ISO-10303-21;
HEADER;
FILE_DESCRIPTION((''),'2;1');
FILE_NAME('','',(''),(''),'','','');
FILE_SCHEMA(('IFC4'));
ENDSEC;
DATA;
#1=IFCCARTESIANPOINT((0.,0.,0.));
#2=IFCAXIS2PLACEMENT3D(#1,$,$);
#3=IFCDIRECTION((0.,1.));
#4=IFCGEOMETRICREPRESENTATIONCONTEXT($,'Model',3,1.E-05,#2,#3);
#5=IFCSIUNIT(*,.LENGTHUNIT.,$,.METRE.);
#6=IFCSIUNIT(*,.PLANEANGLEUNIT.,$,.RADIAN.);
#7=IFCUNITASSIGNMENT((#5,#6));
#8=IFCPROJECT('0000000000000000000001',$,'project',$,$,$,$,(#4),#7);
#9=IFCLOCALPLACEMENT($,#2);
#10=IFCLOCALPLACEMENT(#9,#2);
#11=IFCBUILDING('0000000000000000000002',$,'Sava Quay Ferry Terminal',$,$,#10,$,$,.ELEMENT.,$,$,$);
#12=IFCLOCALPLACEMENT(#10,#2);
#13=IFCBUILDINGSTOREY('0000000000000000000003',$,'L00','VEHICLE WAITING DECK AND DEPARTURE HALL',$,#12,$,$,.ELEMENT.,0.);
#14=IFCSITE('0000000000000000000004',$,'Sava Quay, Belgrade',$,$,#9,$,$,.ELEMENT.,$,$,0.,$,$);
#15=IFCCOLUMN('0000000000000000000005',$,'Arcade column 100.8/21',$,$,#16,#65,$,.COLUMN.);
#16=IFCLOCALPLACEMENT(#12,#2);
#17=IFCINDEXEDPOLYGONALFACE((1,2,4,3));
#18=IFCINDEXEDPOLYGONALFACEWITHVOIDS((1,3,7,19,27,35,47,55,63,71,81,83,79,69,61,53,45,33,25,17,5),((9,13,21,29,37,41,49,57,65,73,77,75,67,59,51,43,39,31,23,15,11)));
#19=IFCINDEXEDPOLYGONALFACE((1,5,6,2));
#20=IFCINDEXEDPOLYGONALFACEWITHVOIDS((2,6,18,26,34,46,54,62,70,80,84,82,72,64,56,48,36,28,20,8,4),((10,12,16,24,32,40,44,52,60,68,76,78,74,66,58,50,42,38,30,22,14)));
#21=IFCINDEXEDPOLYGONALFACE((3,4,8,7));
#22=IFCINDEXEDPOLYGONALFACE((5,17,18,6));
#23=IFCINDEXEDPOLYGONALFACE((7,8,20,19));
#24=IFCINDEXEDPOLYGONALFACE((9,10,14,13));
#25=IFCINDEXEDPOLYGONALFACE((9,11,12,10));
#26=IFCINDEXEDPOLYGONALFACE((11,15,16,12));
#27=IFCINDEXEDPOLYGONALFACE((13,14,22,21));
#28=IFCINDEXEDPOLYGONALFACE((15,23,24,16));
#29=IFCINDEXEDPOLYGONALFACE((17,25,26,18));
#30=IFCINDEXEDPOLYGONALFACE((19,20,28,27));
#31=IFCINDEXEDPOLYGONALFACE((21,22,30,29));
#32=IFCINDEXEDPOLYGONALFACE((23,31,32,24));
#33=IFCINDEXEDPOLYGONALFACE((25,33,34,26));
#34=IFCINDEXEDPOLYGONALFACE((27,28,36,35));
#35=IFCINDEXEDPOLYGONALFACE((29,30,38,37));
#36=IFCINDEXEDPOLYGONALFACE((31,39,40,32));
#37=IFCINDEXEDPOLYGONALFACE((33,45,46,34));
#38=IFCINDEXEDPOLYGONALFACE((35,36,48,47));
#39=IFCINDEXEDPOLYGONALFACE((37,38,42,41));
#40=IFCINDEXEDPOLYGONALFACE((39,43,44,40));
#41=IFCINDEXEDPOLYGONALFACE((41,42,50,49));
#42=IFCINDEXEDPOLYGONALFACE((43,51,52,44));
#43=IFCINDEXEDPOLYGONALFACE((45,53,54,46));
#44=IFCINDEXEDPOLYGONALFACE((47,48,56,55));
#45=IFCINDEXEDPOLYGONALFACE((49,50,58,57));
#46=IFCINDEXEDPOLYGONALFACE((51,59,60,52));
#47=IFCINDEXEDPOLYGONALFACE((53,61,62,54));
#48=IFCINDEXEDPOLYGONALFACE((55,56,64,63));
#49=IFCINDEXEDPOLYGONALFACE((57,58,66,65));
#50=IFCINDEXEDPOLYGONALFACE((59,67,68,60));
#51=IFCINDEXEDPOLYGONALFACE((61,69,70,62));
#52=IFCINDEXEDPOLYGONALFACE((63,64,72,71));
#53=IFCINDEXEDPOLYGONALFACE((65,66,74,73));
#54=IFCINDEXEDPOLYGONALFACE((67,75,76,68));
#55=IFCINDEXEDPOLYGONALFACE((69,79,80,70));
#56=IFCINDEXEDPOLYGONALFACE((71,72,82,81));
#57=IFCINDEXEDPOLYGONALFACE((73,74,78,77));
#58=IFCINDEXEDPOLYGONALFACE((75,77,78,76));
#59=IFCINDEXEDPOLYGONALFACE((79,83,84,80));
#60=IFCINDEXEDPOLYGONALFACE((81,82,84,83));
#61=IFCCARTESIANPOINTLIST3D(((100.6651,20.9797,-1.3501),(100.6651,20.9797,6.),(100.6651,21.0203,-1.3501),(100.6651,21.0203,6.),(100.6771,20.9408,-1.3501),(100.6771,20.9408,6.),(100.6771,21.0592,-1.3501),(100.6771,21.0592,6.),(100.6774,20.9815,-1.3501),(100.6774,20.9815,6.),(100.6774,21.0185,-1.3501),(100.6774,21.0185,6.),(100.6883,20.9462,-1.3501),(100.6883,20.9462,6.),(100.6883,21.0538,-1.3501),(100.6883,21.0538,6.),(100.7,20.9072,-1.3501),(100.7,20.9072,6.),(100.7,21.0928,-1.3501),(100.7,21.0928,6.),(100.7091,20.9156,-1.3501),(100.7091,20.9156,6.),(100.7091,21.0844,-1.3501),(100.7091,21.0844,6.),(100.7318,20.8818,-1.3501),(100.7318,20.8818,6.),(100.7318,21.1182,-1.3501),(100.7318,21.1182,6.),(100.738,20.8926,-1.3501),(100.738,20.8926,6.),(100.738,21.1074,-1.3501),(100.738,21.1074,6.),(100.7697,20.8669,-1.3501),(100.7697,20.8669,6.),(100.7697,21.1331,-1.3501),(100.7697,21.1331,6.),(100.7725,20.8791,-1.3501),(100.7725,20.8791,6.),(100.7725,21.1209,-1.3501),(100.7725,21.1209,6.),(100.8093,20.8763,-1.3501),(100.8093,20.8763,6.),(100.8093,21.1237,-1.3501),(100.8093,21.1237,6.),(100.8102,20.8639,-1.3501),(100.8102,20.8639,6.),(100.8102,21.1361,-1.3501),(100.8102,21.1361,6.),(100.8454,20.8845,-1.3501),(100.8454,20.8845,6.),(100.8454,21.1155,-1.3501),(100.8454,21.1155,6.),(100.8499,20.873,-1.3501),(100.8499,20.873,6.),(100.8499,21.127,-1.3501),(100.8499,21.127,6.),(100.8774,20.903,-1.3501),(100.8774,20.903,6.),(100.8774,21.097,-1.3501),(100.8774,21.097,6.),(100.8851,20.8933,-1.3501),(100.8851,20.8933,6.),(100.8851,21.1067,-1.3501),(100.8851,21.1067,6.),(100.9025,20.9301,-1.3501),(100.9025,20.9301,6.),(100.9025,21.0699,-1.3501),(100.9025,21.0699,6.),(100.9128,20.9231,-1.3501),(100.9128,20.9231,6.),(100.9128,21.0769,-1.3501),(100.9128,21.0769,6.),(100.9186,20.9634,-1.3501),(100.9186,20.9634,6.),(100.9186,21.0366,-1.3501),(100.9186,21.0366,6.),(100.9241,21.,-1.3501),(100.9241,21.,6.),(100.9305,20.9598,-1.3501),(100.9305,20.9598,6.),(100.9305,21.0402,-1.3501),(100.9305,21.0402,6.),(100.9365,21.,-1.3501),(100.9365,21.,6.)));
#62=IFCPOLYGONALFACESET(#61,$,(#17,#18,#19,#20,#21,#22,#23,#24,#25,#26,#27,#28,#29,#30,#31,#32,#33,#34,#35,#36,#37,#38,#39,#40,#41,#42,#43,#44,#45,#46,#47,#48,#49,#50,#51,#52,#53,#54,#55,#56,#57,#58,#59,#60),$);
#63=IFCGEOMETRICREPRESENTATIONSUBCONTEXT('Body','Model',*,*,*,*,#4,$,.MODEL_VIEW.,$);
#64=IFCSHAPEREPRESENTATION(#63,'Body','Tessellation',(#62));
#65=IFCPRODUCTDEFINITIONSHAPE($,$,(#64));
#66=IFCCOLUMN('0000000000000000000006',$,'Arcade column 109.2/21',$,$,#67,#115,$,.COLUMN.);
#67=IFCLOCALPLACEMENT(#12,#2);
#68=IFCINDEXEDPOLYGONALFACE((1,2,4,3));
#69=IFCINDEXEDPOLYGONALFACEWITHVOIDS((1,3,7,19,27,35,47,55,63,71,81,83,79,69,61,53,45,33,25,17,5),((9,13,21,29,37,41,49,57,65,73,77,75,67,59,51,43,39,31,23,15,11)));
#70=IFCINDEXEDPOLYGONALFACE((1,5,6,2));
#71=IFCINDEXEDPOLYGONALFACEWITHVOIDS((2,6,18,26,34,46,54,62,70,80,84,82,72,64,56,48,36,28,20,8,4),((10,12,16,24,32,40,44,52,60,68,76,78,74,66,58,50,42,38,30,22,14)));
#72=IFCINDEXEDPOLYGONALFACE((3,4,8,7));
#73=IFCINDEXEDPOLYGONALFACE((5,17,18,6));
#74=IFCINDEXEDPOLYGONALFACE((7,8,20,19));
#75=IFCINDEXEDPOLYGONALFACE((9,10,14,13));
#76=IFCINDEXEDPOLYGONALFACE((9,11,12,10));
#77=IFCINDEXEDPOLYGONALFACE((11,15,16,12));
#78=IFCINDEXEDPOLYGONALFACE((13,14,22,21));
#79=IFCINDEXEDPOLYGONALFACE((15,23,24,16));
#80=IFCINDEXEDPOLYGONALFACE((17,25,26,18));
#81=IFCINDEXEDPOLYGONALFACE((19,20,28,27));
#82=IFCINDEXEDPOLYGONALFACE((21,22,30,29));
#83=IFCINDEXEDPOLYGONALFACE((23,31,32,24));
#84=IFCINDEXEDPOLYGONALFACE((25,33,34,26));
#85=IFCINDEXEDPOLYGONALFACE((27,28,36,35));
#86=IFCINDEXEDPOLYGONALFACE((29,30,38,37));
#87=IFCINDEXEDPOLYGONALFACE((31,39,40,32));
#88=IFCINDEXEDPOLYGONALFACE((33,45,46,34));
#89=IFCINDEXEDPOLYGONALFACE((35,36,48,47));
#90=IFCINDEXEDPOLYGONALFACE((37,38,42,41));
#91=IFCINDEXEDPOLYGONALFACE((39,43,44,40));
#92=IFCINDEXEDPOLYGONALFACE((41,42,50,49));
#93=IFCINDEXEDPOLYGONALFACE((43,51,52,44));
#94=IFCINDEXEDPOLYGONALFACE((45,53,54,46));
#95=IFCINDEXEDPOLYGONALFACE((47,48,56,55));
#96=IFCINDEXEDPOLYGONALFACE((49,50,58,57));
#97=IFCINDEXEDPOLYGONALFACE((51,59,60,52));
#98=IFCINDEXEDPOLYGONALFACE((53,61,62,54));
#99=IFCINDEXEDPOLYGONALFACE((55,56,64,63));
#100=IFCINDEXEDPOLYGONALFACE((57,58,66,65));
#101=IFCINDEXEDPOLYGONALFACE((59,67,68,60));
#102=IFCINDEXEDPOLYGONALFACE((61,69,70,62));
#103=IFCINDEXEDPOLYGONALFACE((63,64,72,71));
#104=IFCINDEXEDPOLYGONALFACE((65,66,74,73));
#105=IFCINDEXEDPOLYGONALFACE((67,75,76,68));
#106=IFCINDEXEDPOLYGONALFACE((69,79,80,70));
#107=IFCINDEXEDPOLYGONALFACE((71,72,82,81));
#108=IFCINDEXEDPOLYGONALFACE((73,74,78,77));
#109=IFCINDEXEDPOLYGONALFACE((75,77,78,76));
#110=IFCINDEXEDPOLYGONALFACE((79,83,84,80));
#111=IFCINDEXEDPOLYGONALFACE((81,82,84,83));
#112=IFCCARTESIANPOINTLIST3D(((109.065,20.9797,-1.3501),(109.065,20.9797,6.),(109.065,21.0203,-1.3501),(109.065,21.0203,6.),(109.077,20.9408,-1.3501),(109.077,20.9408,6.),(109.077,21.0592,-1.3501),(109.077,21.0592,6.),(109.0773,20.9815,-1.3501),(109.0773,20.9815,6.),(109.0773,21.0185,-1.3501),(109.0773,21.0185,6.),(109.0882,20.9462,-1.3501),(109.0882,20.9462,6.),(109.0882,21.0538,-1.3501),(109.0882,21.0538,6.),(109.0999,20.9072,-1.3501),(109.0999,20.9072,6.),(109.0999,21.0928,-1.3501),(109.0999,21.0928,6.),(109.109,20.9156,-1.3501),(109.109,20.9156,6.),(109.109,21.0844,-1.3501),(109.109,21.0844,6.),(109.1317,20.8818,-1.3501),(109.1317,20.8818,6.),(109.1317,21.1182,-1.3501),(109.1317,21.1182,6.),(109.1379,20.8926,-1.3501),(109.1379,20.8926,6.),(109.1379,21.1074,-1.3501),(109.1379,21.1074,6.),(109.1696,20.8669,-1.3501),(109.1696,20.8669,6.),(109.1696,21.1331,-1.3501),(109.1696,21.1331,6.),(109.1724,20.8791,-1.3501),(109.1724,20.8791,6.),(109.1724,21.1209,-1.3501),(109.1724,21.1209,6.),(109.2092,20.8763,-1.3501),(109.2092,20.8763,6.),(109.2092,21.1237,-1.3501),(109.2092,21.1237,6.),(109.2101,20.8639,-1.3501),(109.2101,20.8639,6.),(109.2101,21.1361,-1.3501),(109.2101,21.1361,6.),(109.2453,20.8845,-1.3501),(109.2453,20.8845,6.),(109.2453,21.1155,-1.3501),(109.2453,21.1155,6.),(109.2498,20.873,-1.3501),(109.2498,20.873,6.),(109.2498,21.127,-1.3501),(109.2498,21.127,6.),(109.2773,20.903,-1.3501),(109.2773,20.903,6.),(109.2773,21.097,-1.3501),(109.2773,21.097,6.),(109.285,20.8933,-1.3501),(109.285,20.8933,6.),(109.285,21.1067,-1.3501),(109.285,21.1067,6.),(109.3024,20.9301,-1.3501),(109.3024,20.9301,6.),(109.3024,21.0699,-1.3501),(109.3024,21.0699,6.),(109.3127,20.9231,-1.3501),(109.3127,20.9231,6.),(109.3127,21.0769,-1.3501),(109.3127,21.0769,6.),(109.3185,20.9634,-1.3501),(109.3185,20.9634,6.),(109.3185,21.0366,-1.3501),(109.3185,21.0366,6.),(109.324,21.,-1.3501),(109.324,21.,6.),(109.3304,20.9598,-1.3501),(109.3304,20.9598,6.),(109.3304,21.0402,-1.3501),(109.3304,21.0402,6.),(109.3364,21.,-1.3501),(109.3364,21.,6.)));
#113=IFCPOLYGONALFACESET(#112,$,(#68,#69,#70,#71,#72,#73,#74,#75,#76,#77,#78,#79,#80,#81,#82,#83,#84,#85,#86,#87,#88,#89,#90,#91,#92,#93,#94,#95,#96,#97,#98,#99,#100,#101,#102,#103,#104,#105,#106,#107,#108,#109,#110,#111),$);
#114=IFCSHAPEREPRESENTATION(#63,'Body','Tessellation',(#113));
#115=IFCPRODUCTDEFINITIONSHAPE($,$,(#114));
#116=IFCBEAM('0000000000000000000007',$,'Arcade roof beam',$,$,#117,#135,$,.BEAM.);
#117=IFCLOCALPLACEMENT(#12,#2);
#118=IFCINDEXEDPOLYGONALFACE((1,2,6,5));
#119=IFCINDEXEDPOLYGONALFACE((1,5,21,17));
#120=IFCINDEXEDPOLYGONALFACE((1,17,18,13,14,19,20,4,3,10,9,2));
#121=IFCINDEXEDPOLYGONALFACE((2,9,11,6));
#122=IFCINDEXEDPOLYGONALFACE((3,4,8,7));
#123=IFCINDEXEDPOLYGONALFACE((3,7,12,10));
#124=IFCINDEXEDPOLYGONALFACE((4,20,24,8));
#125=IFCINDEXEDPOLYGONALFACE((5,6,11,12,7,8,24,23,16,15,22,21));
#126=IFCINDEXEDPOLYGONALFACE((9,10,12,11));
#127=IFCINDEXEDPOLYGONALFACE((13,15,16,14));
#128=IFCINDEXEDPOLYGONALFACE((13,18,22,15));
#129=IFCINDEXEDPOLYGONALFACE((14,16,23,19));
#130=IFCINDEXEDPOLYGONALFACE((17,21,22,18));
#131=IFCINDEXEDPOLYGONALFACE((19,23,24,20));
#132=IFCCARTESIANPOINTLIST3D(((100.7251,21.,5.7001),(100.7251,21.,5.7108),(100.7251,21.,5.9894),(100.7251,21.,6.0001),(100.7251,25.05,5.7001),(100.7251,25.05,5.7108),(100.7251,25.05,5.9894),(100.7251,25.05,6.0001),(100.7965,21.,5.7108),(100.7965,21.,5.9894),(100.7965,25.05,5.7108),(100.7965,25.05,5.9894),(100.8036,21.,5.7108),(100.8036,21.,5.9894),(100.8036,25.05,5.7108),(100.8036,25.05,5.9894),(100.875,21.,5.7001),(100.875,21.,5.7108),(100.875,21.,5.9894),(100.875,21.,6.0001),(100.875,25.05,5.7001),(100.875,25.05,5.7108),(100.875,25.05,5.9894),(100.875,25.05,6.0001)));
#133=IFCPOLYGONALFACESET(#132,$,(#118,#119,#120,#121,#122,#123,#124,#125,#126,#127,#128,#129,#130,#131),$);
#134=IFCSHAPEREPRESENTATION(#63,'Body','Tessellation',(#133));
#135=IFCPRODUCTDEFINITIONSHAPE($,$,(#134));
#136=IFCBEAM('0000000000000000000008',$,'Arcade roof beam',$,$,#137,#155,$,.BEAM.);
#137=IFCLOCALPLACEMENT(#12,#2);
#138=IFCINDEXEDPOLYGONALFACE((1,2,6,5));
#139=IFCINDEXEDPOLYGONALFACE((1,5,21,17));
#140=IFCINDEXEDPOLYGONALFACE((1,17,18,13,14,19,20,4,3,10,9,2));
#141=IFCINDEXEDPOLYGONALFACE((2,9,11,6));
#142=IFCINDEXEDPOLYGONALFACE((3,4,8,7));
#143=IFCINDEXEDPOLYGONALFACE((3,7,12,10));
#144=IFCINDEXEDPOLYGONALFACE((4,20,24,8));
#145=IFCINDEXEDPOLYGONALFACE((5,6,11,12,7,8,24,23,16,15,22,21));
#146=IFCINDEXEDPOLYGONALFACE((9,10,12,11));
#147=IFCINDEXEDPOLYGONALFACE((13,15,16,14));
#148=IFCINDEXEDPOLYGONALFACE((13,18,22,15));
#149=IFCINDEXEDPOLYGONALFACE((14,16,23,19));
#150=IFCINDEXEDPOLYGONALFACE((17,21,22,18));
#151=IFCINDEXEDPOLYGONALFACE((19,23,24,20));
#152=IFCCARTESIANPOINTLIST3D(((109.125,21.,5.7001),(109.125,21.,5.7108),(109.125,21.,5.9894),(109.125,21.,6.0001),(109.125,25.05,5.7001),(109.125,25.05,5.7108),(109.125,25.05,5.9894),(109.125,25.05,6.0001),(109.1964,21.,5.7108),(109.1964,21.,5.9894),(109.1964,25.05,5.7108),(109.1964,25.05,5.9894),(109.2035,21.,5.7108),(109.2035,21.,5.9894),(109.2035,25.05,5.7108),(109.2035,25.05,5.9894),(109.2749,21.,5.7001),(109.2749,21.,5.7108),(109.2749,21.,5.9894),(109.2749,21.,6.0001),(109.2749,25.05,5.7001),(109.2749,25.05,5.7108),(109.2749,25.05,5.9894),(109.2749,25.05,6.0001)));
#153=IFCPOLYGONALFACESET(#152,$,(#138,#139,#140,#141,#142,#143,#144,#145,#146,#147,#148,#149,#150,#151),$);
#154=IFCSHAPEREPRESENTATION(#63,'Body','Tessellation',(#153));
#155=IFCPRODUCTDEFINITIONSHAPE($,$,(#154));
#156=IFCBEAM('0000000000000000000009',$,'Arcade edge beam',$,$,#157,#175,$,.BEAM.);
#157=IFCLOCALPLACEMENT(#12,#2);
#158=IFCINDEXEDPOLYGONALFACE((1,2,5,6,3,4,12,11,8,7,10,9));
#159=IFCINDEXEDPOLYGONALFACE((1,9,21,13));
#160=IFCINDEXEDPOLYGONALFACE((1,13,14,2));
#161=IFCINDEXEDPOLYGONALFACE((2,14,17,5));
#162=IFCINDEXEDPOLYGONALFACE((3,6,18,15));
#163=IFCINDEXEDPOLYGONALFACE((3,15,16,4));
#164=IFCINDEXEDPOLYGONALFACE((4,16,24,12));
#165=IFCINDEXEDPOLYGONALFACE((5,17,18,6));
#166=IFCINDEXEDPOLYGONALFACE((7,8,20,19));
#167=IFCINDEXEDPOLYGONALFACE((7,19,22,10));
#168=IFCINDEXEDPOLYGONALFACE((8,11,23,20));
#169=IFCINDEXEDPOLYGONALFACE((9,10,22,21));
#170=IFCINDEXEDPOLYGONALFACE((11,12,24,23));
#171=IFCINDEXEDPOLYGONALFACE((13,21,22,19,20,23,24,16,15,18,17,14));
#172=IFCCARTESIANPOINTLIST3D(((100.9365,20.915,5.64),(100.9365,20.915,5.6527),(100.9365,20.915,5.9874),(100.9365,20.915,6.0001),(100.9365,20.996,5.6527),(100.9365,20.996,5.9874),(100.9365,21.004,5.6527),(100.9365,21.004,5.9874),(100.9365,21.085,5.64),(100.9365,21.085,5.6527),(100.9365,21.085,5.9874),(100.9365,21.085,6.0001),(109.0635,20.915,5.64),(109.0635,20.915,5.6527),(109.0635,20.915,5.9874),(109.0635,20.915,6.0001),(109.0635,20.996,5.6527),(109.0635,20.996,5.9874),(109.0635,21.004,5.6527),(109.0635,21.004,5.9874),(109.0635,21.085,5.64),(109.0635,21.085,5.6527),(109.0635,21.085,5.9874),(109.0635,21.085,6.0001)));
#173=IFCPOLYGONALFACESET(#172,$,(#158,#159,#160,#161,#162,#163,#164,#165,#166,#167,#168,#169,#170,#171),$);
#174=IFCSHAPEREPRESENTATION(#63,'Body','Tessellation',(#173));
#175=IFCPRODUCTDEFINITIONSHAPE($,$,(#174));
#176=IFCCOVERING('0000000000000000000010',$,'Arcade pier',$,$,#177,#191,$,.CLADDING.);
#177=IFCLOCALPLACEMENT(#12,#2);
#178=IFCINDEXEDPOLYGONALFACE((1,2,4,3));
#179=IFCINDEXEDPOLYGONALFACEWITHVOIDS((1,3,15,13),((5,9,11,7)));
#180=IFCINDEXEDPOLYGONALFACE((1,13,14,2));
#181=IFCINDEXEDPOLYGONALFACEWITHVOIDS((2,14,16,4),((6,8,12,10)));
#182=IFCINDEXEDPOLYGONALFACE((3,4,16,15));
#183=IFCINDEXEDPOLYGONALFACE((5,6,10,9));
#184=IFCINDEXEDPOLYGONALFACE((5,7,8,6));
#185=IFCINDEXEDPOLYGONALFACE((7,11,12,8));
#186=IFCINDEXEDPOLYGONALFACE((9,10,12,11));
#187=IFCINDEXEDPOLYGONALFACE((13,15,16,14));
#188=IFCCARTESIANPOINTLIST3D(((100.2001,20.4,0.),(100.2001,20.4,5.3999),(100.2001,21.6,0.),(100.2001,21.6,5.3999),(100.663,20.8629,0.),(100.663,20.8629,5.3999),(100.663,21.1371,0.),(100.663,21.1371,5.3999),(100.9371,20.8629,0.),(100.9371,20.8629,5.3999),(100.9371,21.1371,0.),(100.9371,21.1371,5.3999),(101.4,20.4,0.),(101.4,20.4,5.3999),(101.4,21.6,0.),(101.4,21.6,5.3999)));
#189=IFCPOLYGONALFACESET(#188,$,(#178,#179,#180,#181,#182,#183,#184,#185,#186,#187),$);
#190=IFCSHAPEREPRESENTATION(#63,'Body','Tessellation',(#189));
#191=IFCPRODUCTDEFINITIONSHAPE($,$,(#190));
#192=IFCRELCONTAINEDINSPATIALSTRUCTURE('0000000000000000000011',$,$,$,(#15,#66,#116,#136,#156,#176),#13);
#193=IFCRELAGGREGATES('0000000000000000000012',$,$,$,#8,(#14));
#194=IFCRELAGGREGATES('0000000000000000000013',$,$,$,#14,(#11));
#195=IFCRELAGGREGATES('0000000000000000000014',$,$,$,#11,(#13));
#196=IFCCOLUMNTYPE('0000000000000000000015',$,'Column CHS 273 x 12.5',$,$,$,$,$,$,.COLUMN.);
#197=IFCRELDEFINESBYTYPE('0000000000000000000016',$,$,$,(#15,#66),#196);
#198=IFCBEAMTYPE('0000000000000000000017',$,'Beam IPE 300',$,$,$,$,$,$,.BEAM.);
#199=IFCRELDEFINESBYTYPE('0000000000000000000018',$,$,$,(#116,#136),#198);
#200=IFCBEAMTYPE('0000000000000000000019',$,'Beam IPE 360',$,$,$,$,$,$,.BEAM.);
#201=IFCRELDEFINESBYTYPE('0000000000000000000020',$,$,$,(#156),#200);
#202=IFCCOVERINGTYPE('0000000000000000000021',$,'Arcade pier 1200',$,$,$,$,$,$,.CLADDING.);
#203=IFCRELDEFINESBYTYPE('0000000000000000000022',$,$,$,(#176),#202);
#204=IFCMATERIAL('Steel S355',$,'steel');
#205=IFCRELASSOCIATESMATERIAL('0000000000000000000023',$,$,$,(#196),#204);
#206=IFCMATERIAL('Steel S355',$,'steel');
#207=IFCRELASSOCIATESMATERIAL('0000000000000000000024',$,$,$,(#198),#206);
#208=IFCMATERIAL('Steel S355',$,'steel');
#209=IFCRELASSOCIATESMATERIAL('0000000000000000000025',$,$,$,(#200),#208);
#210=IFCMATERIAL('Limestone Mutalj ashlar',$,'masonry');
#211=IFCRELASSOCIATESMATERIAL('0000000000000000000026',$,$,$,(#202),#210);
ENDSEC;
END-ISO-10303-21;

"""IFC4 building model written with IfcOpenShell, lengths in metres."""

from ifc_helpers import new_model, si_unit, direction, frame, origin, origin_2d, place, context, subcontext, project, spatial, hollow_rectangle, hollow_circle, i_section, extrude, material, material_profile, profile_set, type_object, element, save


model = new_model("IFC4")

# Units and contexts
model_context = context("Model", 3, precision=1e-05, world=origin(), true_north=direction((0.0, 1.0)))
body_context = subcontext(model_context, "Body", "Model", "MODEL_VIEW")
ifc_project = project(units=[si_unit("LENGTHUNIT", "METRE"), si_unit("PLANEANGLEUNIT", "RADIAN")], contexts=[model_context])

# Site, building, storey
site_placement = place(None, origin())
site = spatial("IfcSite", under=ifc_project, at=site_placement, Name="Sava Quay, Belgrade", CompositionType="ELEMENT", RefElevation=0.0)
building_placement = place(site_placement, origin())
building = spatial("IfcBuilding", under=site, at=building_placement, Name="Sava Quay Ferry Terminal", CompositionType="ELEMENT")
storey_placement = place(building_placement, origin())
storey = spatial("IfcBuildingStorey", under=building, at=storey_placement, Name="L00", Description="VEHICLE WAITING DECK AND DEPARTURE HALL", CompositionType="ELEMENT", Elevation=0.0)

# Columns
ifc_material_1 = material(Name="Steel S355", Category="steel")
ifc_material_profile_1 = material_profile(ifc_material_1, hollow_circle(Radius=0.1365, WallThickness=0.0125, at=origin_2d()), Name="CHS 273 x 12.5")
ifc_profile_set_1 = profile_set([ifc_material_profile_1], Name="Steel S355")
column_type = type_object("IfcColumnType", Name="Column CHS 273 x 12.5", PredefinedType="COLUMN", material=ifc_profile_set_1)
for number, where, z_axis, x_axis, name in (
    (1, (100.8, 21.0, -1.3501), (0.0, 0.0, 1.0), (1.0, 0.0, 0.0), "Arcade column 100.8/21"),
    (2, (109.2, 21.0, -1.3501), (0.0, 0.0, 1.0), (1.0, 0.0, 0.0), "Arcade column 109.2/21"),
):
    element("IfcColumn", number, at=place(storey_placement, frame(where, z_axis=z_axis, x_axis=x_axis)), inside=storey, type_object=column_type, Name=name, PredefinedType="COLUMN", context=body_context, shape_type="SweptSolid", body=[
        extrude(hollow_circle(Radius=0.1365, WallThickness=0.0125, at=origin_2d()), origin(), (0.0, 0.0, 1.0), 7.3501),
    ])

# Beams
ifc_material_2 = material(Name="Steel S355", Category="steel")
ifc_material_profile_2 = material_profile(ifc_material_2, i_section(OverallWidth=0.1499, OverallDepth=0.3, WebThickness=0.0071, FlangeThickness=0.0107, at=origin_2d()), Name="IPE 300")
ifc_profile_set_2 = profile_set([ifc_material_profile_2], Name="Steel S355")
beam_type_1 = type_object("IfcBeamType", Name="Beam IPE 300", PredefinedType="BEAM", material=ifc_profile_set_2)
for number, where, z_axis, x_axis, name in (
    (3, (100.8, 21.0, 5.8501), (0.0, 1.0, 0.0), (-1.0, 0.0, 0.0), "Arcade roof beam"),
    (4, (109.2, 21.0, 5.8501), (0.0, 1.0, 0.0), (-1.0, 0.0, 0.0), "Arcade roof beam"),
):
    element("IfcBeam", number, at=place(storey_placement, frame(where, z_axis=z_axis, x_axis=x_axis)), inside=storey, type_object=beam_type_1, Name=name, PredefinedType="BEAM", context=body_context, shape_type="SweptSolid", body=[
        extrude(i_section(OverallWidth=0.1499, OverallDepth=0.3, WebThickness=0.0071, FlangeThickness=0.0107, at=origin_2d()), origin(), (0.0, 0.0, 1.0), 4.05),
    ])
ifc_material_3 = material(Name="Steel S355", Category="steel")
ifc_material_profile_3 = material_profile(ifc_material_3, i_section(OverallWidth=0.1699, OverallDepth=0.3601, WebThickness=0.0081, FlangeThickness=0.0127, at=origin_2d()), Name="IPE 360")
ifc_profile_set_3 = profile_set([ifc_material_profile_3], Name="Steel S355")
beam_type_2 = type_object("IfcBeamType", Name="Beam IPE 360", PredefinedType="BEAM", material=ifc_profile_set_3)
beam_placement = place(storey_placement, frame((100.9365, 21.0, 5.8201), z_axis=(1.0, 0.0, 0.0), x_axis=(0.0, 1.0, 0.0)))
element("IfcBeam", 5, at=beam_placement, inside=storey, type_object=beam_type_2, Name="Arcade edge beam", PredefinedType="BEAM", context=body_context, shape_type="SweptSolid", body=[
    extrude(i_section(OverallWidth=0.1699, OverallDepth=0.3601, WebThickness=0.0081, FlangeThickness=0.0127, at=origin_2d()), origin(), (0.0, 0.0, 1.0), 8.127),
])

# Covering
ifc_material_4 = material(Name="Limestone Mutalj ashlar", Category="masonry")
ifc_material_profile_4 = material_profile(ifc_material_4, hollow_rectangle(XDim=1.2, YDim=1.2, WallThickness=0.4629, at=origin_2d()), Name="Arcade pier 1200")
ifc_profile_set_4 = profile_set([ifc_material_profile_4], Name="Limestone Mutalj ashlar")
covering_type_1 = type_object("IfcCoveringType", Name="Arcade pier 1200", PredefinedType="CLADDING", material=ifc_profile_set_4)
for number, where, z_axis, x_axis, name in (
    (6, (100.8, 21.0, 0.0), (0.0, 0.0, 1.0), (1.0, 0.0, 0.0), "Arcade pier"),
):
    element("IfcCovering", number, at=place(storey_placement, frame(where, z_axis=z_axis, x_axis=x_axis)), inside=storey, type_object=covering_type_1, Name=name, PredefinedType="CLADDING", context=body_context, shape_type="SweptSolid", body=[
        extrude(hollow_rectangle(XDim=1.2, YDim=1.2, WallThickness=0.4629, at=origin_2d()), origin(), (0.0, 0.0, 1.0), 5.3999),
    ])

save(model, "model.ifc")
